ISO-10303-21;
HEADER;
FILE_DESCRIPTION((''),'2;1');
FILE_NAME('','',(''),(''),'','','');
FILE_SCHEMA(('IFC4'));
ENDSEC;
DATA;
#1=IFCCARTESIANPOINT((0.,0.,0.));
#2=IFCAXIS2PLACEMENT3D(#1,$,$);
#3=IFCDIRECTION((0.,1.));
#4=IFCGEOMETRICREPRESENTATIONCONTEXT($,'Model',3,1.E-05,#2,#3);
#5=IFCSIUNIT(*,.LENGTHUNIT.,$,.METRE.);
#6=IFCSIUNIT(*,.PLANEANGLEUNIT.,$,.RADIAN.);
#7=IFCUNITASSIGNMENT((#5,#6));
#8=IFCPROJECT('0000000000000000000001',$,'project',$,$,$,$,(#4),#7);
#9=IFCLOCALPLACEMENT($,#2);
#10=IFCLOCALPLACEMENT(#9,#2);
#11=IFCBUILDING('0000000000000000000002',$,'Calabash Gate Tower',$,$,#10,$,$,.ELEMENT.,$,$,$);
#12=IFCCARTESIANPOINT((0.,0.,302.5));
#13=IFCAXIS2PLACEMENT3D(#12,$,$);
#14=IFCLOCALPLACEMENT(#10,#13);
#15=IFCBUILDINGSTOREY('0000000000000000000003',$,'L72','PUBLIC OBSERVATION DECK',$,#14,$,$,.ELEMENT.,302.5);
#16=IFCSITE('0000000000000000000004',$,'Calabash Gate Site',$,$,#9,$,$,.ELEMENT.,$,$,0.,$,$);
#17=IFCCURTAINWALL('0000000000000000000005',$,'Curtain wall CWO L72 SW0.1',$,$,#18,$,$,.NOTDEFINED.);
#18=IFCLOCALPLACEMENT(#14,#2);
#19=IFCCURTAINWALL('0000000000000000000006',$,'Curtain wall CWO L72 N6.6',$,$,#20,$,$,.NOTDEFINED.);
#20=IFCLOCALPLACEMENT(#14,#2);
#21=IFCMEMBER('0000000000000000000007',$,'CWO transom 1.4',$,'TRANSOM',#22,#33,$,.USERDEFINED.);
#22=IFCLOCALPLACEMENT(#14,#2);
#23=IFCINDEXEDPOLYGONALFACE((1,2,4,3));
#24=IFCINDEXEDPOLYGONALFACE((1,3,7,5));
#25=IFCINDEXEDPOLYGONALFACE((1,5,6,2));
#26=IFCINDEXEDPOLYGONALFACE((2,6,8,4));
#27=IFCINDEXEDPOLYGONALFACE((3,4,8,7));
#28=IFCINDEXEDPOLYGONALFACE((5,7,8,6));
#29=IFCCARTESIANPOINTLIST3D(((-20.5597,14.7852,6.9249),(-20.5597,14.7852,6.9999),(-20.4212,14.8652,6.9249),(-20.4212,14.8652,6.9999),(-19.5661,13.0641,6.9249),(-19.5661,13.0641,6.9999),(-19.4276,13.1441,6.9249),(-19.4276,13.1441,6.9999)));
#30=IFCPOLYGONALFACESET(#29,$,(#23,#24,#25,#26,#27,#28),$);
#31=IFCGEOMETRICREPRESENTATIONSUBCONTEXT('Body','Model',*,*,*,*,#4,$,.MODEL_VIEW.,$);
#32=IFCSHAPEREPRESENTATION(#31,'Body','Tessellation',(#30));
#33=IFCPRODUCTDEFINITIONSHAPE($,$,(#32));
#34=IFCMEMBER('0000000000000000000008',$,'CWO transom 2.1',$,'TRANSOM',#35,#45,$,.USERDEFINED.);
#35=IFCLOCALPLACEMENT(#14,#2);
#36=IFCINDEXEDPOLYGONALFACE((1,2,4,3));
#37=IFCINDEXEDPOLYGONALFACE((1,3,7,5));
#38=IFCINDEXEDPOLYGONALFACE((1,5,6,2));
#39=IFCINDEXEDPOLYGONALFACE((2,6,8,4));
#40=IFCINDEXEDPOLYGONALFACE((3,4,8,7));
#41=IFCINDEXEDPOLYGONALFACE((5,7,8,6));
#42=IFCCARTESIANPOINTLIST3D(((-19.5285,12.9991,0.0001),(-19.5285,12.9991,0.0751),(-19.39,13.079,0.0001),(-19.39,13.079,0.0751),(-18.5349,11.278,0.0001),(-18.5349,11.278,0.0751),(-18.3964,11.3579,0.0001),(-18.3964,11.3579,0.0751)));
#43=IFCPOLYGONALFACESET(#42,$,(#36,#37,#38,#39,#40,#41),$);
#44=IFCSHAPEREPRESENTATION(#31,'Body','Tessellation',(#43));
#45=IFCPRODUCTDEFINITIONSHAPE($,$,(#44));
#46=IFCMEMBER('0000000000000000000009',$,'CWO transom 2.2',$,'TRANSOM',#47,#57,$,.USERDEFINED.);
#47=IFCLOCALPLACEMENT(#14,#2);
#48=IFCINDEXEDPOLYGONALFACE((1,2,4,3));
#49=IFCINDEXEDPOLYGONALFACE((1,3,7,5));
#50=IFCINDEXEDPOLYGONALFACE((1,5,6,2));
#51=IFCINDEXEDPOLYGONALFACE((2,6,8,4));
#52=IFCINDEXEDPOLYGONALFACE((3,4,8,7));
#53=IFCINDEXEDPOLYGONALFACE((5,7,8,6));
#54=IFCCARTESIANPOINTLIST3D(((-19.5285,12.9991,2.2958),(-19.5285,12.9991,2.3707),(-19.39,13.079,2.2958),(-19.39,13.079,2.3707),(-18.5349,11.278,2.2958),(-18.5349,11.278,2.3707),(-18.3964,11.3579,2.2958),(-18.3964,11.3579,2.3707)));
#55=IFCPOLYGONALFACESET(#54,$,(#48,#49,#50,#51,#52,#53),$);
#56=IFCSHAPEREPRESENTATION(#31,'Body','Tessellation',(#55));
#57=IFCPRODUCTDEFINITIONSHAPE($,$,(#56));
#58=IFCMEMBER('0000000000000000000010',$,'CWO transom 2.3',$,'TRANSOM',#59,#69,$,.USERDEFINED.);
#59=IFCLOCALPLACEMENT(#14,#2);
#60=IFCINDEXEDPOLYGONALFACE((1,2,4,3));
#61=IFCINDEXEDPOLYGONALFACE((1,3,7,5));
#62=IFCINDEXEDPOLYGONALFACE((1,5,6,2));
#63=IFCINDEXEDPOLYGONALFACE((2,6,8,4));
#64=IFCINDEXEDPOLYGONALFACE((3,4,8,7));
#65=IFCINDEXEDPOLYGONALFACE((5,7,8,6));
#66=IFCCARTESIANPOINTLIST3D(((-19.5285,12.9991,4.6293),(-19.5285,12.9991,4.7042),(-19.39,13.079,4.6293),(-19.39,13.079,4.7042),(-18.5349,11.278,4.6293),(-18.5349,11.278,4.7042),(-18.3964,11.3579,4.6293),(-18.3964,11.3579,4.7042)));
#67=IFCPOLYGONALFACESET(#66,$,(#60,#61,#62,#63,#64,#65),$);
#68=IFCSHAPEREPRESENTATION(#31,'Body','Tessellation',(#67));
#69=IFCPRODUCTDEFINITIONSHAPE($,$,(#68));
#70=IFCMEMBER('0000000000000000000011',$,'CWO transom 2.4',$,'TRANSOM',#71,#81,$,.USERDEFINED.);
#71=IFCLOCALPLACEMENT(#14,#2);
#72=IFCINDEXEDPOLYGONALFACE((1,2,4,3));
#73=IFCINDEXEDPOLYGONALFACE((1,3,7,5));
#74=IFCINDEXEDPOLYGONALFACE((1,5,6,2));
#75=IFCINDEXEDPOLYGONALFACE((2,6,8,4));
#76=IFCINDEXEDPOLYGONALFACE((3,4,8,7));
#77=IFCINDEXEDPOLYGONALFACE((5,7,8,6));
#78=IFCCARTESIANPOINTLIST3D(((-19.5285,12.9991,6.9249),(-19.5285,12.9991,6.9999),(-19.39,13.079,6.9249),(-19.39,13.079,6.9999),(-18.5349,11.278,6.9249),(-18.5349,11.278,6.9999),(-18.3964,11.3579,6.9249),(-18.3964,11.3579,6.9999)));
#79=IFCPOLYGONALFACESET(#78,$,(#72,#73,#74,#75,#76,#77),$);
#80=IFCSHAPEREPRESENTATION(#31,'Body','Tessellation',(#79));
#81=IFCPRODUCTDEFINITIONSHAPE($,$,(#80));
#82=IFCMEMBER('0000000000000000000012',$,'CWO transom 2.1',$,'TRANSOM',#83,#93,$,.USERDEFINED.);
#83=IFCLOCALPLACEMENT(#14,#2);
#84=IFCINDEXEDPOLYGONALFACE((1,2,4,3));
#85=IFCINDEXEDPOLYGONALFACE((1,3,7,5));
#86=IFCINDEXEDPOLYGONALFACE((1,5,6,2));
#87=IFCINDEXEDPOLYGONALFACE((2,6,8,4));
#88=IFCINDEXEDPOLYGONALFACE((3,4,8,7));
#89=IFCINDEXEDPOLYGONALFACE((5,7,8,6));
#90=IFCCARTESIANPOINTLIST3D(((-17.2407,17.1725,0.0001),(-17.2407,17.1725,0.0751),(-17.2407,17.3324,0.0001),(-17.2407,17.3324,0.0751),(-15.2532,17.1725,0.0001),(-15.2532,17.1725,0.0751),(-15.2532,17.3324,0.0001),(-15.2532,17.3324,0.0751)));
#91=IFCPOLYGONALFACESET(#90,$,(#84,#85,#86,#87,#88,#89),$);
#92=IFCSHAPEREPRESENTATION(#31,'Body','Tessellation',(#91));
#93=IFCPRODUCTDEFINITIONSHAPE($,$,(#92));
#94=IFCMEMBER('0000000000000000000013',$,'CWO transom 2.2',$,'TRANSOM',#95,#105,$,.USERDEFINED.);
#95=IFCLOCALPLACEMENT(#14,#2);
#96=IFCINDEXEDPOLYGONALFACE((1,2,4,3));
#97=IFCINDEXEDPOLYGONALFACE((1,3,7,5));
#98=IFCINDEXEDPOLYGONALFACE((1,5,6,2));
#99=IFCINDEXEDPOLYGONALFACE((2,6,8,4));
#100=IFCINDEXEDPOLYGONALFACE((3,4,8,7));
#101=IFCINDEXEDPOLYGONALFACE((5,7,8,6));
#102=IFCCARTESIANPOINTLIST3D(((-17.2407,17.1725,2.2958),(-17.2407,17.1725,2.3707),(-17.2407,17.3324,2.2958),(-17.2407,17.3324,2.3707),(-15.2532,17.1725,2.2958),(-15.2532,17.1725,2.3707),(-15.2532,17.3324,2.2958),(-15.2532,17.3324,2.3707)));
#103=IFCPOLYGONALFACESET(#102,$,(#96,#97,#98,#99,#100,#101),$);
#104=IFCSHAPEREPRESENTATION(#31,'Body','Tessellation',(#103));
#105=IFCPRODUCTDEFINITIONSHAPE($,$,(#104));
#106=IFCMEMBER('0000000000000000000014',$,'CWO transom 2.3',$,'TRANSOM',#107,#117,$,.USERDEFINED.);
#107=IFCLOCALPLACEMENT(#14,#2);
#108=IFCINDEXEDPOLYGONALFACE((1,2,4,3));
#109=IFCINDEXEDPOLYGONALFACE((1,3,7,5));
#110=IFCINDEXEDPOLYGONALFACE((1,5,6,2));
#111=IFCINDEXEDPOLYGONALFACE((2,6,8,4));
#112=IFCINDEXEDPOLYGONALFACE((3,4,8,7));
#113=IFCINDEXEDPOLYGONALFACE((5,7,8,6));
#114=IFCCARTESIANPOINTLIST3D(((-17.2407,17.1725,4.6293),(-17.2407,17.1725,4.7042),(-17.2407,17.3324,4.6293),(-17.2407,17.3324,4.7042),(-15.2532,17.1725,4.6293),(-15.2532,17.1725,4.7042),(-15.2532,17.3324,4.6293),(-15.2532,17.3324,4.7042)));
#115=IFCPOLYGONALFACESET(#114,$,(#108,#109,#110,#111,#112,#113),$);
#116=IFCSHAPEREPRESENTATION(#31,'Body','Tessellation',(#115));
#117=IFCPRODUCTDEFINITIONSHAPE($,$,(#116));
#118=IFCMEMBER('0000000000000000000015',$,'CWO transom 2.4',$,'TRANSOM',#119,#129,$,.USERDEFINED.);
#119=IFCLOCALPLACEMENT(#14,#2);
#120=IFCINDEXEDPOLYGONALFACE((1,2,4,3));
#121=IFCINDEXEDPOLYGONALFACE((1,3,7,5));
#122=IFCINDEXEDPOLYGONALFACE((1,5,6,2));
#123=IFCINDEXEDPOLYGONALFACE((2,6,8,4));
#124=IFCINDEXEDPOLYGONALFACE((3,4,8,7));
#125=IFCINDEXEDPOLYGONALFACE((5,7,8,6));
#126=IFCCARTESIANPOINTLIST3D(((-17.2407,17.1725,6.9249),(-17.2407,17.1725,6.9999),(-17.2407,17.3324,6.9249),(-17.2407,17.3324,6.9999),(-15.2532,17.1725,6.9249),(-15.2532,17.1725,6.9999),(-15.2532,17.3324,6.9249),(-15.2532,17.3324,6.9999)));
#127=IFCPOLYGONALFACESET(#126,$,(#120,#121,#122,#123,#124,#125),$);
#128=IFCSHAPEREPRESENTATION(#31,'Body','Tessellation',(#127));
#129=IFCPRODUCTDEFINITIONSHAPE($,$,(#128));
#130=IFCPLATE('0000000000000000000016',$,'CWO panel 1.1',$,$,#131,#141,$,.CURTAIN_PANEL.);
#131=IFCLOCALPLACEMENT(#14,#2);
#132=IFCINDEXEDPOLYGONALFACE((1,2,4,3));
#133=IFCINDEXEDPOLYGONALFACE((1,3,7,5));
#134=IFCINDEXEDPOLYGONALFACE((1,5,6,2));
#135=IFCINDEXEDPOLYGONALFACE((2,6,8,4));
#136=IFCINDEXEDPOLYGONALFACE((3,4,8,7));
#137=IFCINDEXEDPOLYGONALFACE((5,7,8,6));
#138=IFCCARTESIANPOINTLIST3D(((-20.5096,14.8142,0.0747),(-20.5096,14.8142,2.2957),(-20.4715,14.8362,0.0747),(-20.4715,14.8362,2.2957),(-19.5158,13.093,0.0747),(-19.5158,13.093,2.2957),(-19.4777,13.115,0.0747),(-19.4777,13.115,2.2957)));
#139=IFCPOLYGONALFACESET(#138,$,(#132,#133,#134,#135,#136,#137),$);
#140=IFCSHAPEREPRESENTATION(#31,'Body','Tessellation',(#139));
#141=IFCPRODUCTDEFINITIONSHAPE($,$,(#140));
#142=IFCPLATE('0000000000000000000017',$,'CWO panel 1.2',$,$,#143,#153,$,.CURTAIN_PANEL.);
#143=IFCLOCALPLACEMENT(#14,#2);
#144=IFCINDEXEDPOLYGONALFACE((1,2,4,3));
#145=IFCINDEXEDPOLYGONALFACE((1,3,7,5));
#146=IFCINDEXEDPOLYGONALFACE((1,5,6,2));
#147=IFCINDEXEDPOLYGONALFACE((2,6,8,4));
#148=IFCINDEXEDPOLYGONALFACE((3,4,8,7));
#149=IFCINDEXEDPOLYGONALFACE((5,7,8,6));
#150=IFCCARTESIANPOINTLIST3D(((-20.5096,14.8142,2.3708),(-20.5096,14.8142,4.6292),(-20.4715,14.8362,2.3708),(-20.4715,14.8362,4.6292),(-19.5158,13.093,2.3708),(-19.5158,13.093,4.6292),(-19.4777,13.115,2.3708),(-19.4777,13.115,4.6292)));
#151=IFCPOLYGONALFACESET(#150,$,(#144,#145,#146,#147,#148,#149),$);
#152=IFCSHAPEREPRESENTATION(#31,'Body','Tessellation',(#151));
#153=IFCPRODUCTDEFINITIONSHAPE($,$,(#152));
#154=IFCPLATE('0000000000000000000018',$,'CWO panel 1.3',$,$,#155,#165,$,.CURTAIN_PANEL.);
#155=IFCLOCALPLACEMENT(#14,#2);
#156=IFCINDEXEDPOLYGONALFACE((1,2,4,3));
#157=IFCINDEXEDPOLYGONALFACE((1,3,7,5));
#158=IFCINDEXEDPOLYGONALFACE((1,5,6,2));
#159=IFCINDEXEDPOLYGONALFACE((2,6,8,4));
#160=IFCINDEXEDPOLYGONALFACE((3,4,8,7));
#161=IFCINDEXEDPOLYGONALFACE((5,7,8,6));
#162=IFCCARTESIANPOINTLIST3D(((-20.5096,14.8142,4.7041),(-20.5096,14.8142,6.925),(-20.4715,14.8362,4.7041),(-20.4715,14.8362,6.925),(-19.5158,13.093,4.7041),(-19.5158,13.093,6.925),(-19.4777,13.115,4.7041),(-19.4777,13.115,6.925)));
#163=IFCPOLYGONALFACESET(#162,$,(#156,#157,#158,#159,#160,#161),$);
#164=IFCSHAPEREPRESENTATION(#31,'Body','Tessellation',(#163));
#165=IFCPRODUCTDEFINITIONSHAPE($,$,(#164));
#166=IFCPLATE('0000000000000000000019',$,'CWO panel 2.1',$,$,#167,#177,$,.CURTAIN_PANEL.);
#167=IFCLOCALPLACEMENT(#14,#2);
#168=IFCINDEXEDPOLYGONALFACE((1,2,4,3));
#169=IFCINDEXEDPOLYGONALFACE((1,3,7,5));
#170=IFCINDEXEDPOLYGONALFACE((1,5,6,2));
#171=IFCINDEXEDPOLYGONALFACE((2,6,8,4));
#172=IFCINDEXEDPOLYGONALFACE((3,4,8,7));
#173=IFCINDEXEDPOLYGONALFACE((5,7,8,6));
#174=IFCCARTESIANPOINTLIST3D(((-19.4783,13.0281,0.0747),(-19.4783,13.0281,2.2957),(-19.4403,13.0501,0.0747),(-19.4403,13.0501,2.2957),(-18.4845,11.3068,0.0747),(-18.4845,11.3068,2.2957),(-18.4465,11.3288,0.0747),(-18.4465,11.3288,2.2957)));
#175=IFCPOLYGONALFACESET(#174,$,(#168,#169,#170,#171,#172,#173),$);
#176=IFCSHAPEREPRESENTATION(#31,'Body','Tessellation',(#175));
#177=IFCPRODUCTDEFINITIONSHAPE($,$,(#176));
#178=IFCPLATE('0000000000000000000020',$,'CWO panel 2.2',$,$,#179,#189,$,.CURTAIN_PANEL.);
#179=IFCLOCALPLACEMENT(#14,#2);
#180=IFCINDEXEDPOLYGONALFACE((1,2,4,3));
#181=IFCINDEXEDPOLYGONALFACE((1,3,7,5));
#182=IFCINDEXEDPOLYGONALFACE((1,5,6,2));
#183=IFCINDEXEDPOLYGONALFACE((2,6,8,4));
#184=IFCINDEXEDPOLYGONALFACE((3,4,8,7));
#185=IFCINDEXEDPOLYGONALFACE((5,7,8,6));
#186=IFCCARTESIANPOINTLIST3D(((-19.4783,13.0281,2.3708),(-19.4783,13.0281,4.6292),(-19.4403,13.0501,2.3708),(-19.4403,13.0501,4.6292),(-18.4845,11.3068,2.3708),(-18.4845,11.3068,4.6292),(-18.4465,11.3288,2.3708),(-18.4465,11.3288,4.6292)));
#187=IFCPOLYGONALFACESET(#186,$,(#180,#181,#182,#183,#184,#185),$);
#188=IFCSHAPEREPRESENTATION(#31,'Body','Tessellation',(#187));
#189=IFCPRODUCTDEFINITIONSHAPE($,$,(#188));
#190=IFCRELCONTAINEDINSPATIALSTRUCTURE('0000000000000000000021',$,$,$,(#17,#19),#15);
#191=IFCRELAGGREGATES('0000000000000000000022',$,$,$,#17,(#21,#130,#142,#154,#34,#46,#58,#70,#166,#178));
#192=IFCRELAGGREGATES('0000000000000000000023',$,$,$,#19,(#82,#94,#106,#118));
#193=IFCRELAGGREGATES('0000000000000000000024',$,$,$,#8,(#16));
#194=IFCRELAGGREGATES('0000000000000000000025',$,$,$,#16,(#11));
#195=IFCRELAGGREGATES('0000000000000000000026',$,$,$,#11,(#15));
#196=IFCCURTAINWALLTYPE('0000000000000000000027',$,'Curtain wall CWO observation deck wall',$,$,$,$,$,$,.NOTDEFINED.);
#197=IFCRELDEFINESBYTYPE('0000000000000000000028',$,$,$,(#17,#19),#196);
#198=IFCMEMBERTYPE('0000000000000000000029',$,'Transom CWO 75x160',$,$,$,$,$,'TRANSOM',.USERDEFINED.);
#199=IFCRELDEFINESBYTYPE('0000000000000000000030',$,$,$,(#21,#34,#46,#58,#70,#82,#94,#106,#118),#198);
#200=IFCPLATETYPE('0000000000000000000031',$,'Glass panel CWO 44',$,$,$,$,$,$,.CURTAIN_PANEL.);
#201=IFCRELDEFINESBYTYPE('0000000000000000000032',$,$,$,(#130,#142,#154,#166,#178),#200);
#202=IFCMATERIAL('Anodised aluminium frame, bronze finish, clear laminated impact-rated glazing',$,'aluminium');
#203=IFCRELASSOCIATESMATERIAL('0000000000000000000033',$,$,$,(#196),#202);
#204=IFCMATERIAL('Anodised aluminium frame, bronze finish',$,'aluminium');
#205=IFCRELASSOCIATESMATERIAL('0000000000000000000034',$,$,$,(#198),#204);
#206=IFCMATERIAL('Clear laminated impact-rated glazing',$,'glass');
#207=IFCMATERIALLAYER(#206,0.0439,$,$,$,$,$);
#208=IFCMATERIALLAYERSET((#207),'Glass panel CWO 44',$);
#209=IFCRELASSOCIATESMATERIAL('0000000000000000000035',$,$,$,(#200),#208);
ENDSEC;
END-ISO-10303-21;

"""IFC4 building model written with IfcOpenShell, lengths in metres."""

from ifc_helpers import new_model, si_unit, direction, frame, origin, origin_2d, place, context, subcontext, project, spatial, rectangle, extrude, material, layer, layer_set, material_profile, profile_set, type_object, element, aggregate, save


model = new_model("IFC4")

# Units and contexts
model_context = context("Model", 3, precision=1e-05, world=origin(), true_north=direction((0.0, 1.0)))
body_context = subcontext(model_context, "Body", "Model", "MODEL_VIEW")
ifc_project = project(units=[si_unit("LENGTHUNIT", "METRE"), si_unit("PLANEANGLEUNIT", "RADIAN")], contexts=[model_context])

# Site, building, storey
site_placement = place(None, origin())
site = spatial("IfcSite", under=ifc_project, at=site_placement, Name="Calabash Gate Site", CompositionType="ELEMENT", RefElevation=0.0)
building_placement = place(site_placement, origin())
building = spatial("IfcBuilding", under=site, at=building_placement, Name="Calabash Gate Tower", CompositionType="ELEMENT")
storey_placement = place(building_placement, frame((0.0, 0.0, 302.5)))
storey = spatial("IfcBuildingStorey", under=building, at=storey_placement, Name="L72", Description="PUBLIC OBSERVATION DECK", CompositionType="ELEMENT", Elevation=302.5)

# Curtain walls
ifc_material_1 = material(Name="Anodised aluminium frame, bronze finish, clear laminated impact-rated glazing", Category="aluminium")
curtain_wall_type = type_object("IfcCurtainWallType", Name="Curtain wall CWO observation deck wall", PredefinedType="NOTDEFINED", material=ifc_material_1)
curtain_wall_1_placement = place(storey_placement, origin())
curtain_wall_1 = element("IfcCurtainWall", 1, at=curtain_wall_1_placement, inside=storey, type_object=curtain_wall_type, Name="Curtain wall CWO L72 SW0.1", PredefinedType="NOTDEFINED")
curtain_wall_2_placement = place(storey_placement, origin())
curtain_wall_2 = element("IfcCurtainWall", 2, at=curtain_wall_2_placement, inside=storey, type_object=curtain_wall_type, Name="Curtain wall CWO L72 N6.6", PredefinedType="NOTDEFINED")

# Members
ifc_material_2 = material(Name="Anodised aluminium frame, bronze finish", Category="aluminium")
ifc_material_profile_1 = material_profile(ifc_material_2, rectangle(XDim=0.1599, YDim=0.075, at=origin_2d()))
ifc_profile_set_1 = profile_set([ifc_material_profile_1], Name="Anodised aluminium frame, bronze finish")
member_type_1 = type_object("IfcMemberType", Name="Transom CWO 75x160", ElementType="TRANSOM", PredefinedType="USERDEFINED", material=ifc_profile_set_1)
member_1_placement = place(storey_placement, frame((-20.4905, 14.8252, 6.9624), z_axis=(0.499971, -0.866042, 0.0), x_axis=(0.866042, 0.499971, 0.0)))
member_1 = element("IfcMember", 3, at=member_1_placement, type_object=member_type_1, Name="CWO transom 1.4", ObjectType="TRANSOM", PredefinedType="USERDEFINED", context=body_context, shape_type="SweptSolid", body=[
    extrude(rectangle(XDim=0.1599, YDim=0.075, at=origin_2d()), origin(), (0.0, 0.0, 1.0), 1.9873),
])
member_2_placement = place(storey_placement, frame((-19.4592, 13.0391, 0.0376), z_axis=(0.499971, -0.866042, 0.0), x_axis=(0.866042, 0.499971, 0.0)))
member_2 = element("IfcMember", 4, at=member_2_placement, type_object=member_type_1, Name="CWO transom 2.1", ObjectType="TRANSOM", PredefinedType="USERDEFINED", context=body_context, shape_type="SweptSolid", body=[
    extrude(rectangle(XDim=0.1599, YDim=0.075, at=origin_2d()), origin(), (0.0, 0.0, 1.0), 1.9873),
])
member_3_placement = place(storey_placement, frame((-19.4592, 13.0391, 2.3333), z_axis=(0.499971, -0.866042, 0.0), x_axis=(0.866042, 0.499971, 0.0)))
member_3 = element("IfcMember", 5, at=member_3_placement, type_object=member_type_1, Name="CWO transom 2.2", ObjectType="TRANSOM", PredefinedType="USERDEFINED", context=body_context, shape_type="SweptSolid", body=[
    extrude(rectangle(XDim=0.1599, YDim=0.075, at=origin_2d()), origin(), (0.0, 0.0, 1.0), 1.9873),
])
member_4_placement = place(storey_placement, frame((-19.4592, 13.0391, 4.6667), z_axis=(0.499971, -0.866042, 0.0), x_axis=(0.866042, 0.499971, 0.0)))
member_4 = element("IfcMember", 6, at=member_4_placement, type_object=member_type_1, Name="CWO transom 2.3", ObjectType="TRANSOM", PredefinedType="USERDEFINED", context=body_context, shape_type="SweptSolid", body=[
    extrude(rectangle(XDim=0.1599, YDim=0.075, at=origin_2d()), origin(), (0.0, 0.0, 1.0), 1.9873),
])
member_5_placement = place(storey_placement, frame((-19.4592, 13.0391, 6.9624), z_axis=(0.499971, -0.866042, 0.0), x_axis=(0.866042, 0.499971, 0.0)))
member_5 = element("IfcMember", 7, at=member_5_placement, type_object=member_type_1, Name="CWO transom 2.4", ObjectType="TRANSOM", PredefinedType="USERDEFINED", context=body_context, shape_type="SweptSolid", body=[
    extrude(rectangle(XDim=0.1599, YDim=0.075, at=origin_2d()), origin(), (0.0, 0.0, 1.0), 1.9873),
])
member_6_placement = place(storey_placement, frame((-15.2532, 17.2524, 0.0376), z_axis=(-1.0, 0.0, 0.0), x_axis=(0.0, -1.0, 0.0)))
member_6 = element("IfcMember", 8, at=member_6_placement, type_object=member_type_1, Name="CWO transom 2.1", ObjectType="TRANSOM", PredefinedType="USERDEFINED", context=body_context, shape_type="SweptSolid", body=[
    extrude(rectangle(XDim=0.1599, YDim=0.075, at=origin_2d()), origin(), (0.0, 0.0, 1.0), 1.9875),
])
member_7_placement = place(storey_placement, frame((-15.2532, 17.2524, 2.3333), z_axis=(-1.0, 0.0, 0.0), x_axis=(0.0, -1.0, 0.0)))
member_7 = element("IfcMember", 9, at=member_7_placement, type_object=member_type_1, Name="CWO transom 2.2", ObjectType="TRANSOM", PredefinedType="USERDEFINED", context=body_context, shape_type="SweptSolid", body=[
    extrude(rectangle(XDim=0.1599, YDim=0.075, at=origin_2d()), origin(), (0.0, 0.0, 1.0), 1.9875),
])
member_8_placement = place(storey_placement, frame((-15.2532, 17.2524, 4.6667), z_axis=(-1.0, 0.0, 0.0), x_axis=(0.0, -1.0, 0.0)))
member_8 = element("IfcMember", 10, at=member_8_placement, type_object=member_type_1, Name="CWO transom 2.3", ObjectType="TRANSOM", PredefinedType="USERDEFINED", context=body_context, shape_type="SweptSolid", body=[
    extrude(rectangle(XDim=0.1599, YDim=0.075, at=origin_2d()), origin(), (0.0, 0.0, 1.0), 1.9875),
])
member_9_placement = place(storey_placement, frame((-15.2532, 17.2524, 6.9624), z_axis=(-1.0, 0.0, 0.0), x_axis=(0.0, -1.0, 0.0)))
member_9 = element("IfcMember", 11, at=member_9_placement, type_object=member_type_1, Name="CWO transom 2.4", ObjectType="TRANSOM", PredefinedType="USERDEFINED", context=body_context, shape_type="SweptSolid", body=[
    extrude(rectangle(XDim=0.1599, YDim=0.075, at=origin_2d()), origin(), (0.0, 0.0, 1.0), 1.9875),
])

# Plates
ifc_material_3 = material(Name="Clear laminated impact-rated glazing", Category="glass")
ifc_layer_1 = layer(ifc_material_3, 0.0439)
ifc_layer_set_1 = layer_set([ifc_layer_1], Name="Glass panel CWO 44")
plate_type = type_object("IfcPlateType", Name="Glass panel CWO 44", PredefinedType="CURTAIN_PANEL", material=ifc_layer_set_1)
plate_1_placement = place(storey_placement, frame((-19.9937, 13.9646, 0.0747), z_axis=(0.0, 0.0, 1.0), x_axis=(0.5, -0.866025, 0.0)))
plate_1 = element("IfcPlate", 12, at=plate_1_placement, type_object=plate_type, Name="CWO panel 1.1", PredefinedType="CURTAIN_PANEL", context=body_context, shape_type="SweptSolid", body=[
    extrude(rectangle(XDim=1.9875, YDim=0.0439, at=origin_2d()), origin(), (0.0, 0.0, 1.0), 2.2209),
])
plate_2_placement = place(storey_placement, frame((-19.9937, 13.9646, 2.3708), z_axis=(0.0, 0.0, 1.0), x_axis=(0.5, -0.866025, 0.0)))
plate_2 = element("IfcPlate", 13, at=plate_2_placement, type_object=plate_type, Name="CWO panel 1.2", PredefinedType="CURTAIN_PANEL", context=body_context, shape_type="SweptSolid", body=[
    extrude(rectangle(XDim=1.9875, YDim=0.0439, at=origin_2d()), origin(), (0.0, 0.0, 1.0), 2.2583),
])
plate_3_placement = place(storey_placement, frame((-19.9937, 13.9646, 4.7041), z_axis=(0.0, 0.0, 1.0), x_axis=(0.5, -0.866025, 0.0)))
plate_3 = element("IfcPlate", 14, at=plate_3_placement, type_object=plate_type, Name="CWO panel 1.3", PredefinedType="CURTAIN_PANEL", context=body_context, shape_type="SweptSolid", body=[
    extrude(rectangle(XDim=1.9875, YDim=0.0439, at=origin_2d()), origin(), (0.0, 0.0, 1.0), 2.2209),
])
plate_4_placement = place(storey_placement, frame((-18.9624, 12.1785, 0.0747), z_axis=(0.0, 0.0, 1.0), x_axis=(0.5, -0.866025, 0.0)))
plate_4 = element("IfcPlate", 15, at=plate_4_placement, type_object=plate_type, Name="CWO panel 2.1", PredefinedType="CURTAIN_PANEL", context=body_context, shape_type="SweptSolid", body=[
    extrude(rectangle(XDim=1.9875, YDim=0.0439, at=origin_2d()), origin(), (0.0, 0.0, 1.0), 2.2209),
])
plate_5_placement = place(storey_placement, frame((-18.9624, 12.1785, 2.3708), z_axis=(0.0, 0.0, 1.0), x_axis=(0.5, -0.866025, 0.0)))
plate_5 = element("IfcPlate", 16, at=plate_5_placement, type_object=plate_type, Name="CWO panel 2.2", PredefinedType="CURTAIN_PANEL", context=body_context, shape_type="SweptSolid", body=[
    extrude(rectangle(XDim=1.9875, YDim=0.0439, at=origin_2d()), origin(), (0.0, 0.0, 1.0), 2.2583),
])
aggregate(curtain_wall_1, [member_1, plate_1, plate_2, plate_3, member_2, member_3, member_4, member_5, plate_4, plate_5])
aggregate(curtain_wall_2, [member_6, member_7, member_8, member_9])

save(model, "model.ifc")
